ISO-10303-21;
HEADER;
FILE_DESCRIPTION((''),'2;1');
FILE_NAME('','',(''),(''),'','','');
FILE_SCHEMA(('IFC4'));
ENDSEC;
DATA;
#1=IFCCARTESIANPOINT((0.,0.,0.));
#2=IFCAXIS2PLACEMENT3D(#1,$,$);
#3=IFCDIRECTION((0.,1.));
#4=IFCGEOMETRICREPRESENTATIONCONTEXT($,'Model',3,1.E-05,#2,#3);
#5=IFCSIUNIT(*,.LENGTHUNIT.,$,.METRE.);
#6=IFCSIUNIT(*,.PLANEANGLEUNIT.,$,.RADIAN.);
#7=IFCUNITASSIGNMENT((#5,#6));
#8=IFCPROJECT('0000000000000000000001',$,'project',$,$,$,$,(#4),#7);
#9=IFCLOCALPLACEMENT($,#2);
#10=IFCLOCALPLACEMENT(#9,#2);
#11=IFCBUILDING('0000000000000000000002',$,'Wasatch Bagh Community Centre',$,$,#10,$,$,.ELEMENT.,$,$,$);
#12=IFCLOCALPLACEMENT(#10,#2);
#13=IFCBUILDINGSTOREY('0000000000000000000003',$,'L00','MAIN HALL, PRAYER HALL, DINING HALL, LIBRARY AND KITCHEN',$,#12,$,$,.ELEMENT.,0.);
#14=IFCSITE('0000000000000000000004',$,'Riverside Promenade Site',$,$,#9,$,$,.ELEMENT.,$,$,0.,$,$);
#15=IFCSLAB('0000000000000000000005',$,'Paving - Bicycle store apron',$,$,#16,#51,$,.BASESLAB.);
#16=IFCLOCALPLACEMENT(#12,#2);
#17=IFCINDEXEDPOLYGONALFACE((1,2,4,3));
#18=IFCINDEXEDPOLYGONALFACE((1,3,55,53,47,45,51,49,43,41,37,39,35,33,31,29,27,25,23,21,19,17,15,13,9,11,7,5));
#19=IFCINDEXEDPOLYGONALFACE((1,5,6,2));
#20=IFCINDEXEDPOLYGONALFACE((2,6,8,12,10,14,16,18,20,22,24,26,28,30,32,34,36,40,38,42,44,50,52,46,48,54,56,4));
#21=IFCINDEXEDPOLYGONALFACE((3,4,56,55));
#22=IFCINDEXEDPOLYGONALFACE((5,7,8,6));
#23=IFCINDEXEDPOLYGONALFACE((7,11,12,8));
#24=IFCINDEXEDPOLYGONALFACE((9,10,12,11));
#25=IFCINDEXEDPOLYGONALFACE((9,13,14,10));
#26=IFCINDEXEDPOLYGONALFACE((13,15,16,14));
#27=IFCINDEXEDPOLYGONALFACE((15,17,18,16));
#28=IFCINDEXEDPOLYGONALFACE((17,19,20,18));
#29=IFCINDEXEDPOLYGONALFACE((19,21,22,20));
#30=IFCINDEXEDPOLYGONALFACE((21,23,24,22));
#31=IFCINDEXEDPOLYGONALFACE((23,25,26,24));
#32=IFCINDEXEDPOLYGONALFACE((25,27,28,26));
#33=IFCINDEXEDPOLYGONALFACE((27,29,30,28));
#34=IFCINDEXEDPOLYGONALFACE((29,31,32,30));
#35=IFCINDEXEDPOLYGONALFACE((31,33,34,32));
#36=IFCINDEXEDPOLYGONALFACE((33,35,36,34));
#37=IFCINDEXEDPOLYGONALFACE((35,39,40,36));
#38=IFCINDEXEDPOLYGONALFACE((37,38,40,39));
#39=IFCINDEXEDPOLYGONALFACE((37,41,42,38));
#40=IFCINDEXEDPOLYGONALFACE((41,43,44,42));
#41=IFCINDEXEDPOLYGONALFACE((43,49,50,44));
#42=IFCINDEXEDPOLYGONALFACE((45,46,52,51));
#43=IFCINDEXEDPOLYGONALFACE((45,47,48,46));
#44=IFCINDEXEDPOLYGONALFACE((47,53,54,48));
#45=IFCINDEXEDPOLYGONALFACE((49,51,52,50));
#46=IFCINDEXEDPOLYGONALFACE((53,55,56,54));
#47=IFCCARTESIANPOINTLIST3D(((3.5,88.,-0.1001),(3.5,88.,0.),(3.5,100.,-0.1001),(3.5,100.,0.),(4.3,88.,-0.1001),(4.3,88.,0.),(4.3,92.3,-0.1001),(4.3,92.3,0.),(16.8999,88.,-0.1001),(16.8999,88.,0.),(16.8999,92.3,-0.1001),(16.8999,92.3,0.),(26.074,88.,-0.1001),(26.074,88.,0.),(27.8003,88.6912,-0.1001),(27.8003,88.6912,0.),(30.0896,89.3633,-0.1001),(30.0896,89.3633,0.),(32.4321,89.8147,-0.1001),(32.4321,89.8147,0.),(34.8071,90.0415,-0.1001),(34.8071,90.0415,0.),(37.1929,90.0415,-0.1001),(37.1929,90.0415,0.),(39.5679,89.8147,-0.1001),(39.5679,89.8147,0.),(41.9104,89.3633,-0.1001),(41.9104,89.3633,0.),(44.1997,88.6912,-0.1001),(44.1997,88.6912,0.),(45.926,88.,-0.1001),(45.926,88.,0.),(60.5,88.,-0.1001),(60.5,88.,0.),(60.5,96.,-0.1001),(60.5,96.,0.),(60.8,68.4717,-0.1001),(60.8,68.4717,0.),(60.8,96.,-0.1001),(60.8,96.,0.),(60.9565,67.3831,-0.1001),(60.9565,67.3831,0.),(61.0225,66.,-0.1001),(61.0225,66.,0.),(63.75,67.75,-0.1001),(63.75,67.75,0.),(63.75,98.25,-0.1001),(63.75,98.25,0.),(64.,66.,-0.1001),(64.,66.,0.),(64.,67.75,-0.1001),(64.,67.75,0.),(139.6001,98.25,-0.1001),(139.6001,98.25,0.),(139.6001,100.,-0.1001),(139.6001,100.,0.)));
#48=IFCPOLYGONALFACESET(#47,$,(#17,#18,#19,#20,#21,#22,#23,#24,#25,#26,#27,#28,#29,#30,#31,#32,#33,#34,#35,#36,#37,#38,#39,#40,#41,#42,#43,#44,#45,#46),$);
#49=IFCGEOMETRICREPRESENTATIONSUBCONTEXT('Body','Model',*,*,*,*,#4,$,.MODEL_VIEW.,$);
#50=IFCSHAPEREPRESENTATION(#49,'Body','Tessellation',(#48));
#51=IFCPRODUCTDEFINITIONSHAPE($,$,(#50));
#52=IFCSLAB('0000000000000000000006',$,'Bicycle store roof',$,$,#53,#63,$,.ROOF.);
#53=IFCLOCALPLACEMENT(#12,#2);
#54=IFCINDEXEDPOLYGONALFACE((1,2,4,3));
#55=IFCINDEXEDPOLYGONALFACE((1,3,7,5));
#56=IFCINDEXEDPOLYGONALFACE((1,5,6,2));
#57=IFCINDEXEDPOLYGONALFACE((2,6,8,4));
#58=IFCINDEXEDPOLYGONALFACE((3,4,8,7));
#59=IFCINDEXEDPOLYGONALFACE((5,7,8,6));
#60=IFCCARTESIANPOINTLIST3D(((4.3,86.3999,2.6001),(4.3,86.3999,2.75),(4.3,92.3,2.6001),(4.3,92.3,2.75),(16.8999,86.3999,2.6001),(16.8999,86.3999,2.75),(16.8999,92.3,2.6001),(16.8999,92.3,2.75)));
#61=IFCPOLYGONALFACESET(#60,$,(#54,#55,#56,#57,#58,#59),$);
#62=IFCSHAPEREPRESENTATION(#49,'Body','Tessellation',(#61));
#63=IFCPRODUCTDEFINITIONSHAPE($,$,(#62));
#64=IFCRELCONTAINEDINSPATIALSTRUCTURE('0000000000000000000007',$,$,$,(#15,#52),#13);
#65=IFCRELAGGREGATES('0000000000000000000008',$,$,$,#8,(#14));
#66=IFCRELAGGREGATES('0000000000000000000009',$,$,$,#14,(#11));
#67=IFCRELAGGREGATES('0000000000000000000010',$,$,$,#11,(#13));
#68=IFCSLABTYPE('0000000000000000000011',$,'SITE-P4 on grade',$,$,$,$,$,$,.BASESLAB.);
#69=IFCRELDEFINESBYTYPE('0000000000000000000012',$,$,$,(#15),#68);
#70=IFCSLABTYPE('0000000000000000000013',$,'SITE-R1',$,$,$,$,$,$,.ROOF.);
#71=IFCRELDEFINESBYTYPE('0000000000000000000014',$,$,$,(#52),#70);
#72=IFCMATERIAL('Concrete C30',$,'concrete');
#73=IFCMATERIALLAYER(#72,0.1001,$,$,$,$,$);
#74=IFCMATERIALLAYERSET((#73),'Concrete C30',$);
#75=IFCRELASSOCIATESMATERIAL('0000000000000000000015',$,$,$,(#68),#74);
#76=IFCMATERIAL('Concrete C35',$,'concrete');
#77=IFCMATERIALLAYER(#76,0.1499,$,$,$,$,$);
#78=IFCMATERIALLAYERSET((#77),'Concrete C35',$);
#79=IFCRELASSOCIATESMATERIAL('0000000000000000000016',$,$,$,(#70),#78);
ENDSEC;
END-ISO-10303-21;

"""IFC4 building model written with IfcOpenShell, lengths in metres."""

from ifc_helpers import new_model, si_unit, direction, frame, origin, place, context, subcontext, project, spatial, polyline, outline, extrude, material, layer, layer_set, type_object, element, save


model = new_model("IFC4")

# Units and contexts
model_context = context("Model", 3, precision=1e-05, world=origin(), true_north=direction((0.0, 1.0)))
body_context = subcontext(model_context, "Body", "Model", "MODEL_VIEW")
ifc_project = project(units=[si_unit("LENGTHUNIT", "METRE"), si_unit("PLANEANGLEUNIT", "RADIAN")], contexts=[model_context])

# Site, building, storey
site_placement = place(None, origin())
site = spatial("IfcSite", under=ifc_project, at=site_placement, Name="Riverside Promenade Site", CompositionType="ELEMENT", RefElevation=0.0)
building_placement = place(site_placement, origin())
building = spatial("IfcBuilding", under=site, at=building_placement, Name="Wasatch Bagh Community Centre", CompositionType="ELEMENT")
storey_placement = place(building_placement, origin())
storey = spatial("IfcBuildingStorey", under=building, at=storey_placement, Name="L00", Description="MAIN HALL, PRAYER HALL, DINING HALL, LIBRARY AND KITCHEN", CompositionType="ELEMENT", Elevation=0.0)

# Shared definitions
ifc_material_1 = material(Name="Concrete C35", Category="concrete")

# Slabs
ifc_material_2 = material(Name="Concrete C30", Category="concrete")
ifc_layer_1 = layer(ifc_material_2, 0.1001)
ifc_layer_set_1 = layer_set([ifc_layer_1], Name="Concrete C30")
slab_type_1 = type_object("IfcSlabType", Name="SITE-P4 on grade", PredefinedType="BASESLAB", material=ifc_layer_set_1)
slab_1_placement = place(storey_placement, frame((0.0, 0.0, -0.1001)))
element("IfcSlab", 1, at=slab_1_placement, inside=storey, type_object=slab_type_1, Name="Paving - Bicycle store apron", PredefinedType="BASESLAB", context=body_context, shape_type="SweptSolid", body=[
    extrude(outline(polyline([(60.8, 68.4717), (60.8, 96.0), (60.5, 96.0), (60.5, 88.0), (45.926, 88.0), (44.1997, 88.6912), (41.9104, 89.3633), (39.5679, 89.8147), (37.1929, 90.0415), (34.8071, 90.0415), (32.4321, 89.8147), (30.0896, 89.3633), (27.8003, 88.6912), (26.074, 88.0), (16.8999, 88.0), (16.8999, 92.3), (4.3, 92.3), (4.3, 88.0), (3.5, 88.0), (3.5, 100.0), (139.6001, 100.0), (139.6001, 98.25), (63.75, 98.25), (63.75, 67.75), (64.0, 67.75), (64.0, 66.0), (61.0225, 66.0), (60.9565, 67.3831), (60.8, 68.4717)])), origin(), (0.0, 0.0, 1.0), 0.1001),
])
ifc_layer_2 = layer(ifc_material_1, 0.1499)
ifc_layer_set_2 = layer_set([ifc_layer_2], Name="Concrete C35")
slab_type_2 = type_object("IfcSlabType", Name="SITE-R1", PredefinedType="ROOF", material=ifc_layer_set_2)
slab_2_placement = place(storey_placement, frame((0.0, 0.0, 2.6001)))
element("IfcSlab", 2, at=slab_2_placement, inside=storey, type_object=slab_type_2, Name="Bicycle store roof", PredefinedType="ROOF", context=body_context, shape_type="SweptSolid", body=[
    extrude(outline(polyline([(4.3, 86.3999), (16.8999, 86.3999), (16.8999, 92.3), (4.3, 92.3), (4.3, 86.3999)])), origin(), (0.0, 0.0, 1.0), 0.1499),
])

save(model, "model.ifc")
